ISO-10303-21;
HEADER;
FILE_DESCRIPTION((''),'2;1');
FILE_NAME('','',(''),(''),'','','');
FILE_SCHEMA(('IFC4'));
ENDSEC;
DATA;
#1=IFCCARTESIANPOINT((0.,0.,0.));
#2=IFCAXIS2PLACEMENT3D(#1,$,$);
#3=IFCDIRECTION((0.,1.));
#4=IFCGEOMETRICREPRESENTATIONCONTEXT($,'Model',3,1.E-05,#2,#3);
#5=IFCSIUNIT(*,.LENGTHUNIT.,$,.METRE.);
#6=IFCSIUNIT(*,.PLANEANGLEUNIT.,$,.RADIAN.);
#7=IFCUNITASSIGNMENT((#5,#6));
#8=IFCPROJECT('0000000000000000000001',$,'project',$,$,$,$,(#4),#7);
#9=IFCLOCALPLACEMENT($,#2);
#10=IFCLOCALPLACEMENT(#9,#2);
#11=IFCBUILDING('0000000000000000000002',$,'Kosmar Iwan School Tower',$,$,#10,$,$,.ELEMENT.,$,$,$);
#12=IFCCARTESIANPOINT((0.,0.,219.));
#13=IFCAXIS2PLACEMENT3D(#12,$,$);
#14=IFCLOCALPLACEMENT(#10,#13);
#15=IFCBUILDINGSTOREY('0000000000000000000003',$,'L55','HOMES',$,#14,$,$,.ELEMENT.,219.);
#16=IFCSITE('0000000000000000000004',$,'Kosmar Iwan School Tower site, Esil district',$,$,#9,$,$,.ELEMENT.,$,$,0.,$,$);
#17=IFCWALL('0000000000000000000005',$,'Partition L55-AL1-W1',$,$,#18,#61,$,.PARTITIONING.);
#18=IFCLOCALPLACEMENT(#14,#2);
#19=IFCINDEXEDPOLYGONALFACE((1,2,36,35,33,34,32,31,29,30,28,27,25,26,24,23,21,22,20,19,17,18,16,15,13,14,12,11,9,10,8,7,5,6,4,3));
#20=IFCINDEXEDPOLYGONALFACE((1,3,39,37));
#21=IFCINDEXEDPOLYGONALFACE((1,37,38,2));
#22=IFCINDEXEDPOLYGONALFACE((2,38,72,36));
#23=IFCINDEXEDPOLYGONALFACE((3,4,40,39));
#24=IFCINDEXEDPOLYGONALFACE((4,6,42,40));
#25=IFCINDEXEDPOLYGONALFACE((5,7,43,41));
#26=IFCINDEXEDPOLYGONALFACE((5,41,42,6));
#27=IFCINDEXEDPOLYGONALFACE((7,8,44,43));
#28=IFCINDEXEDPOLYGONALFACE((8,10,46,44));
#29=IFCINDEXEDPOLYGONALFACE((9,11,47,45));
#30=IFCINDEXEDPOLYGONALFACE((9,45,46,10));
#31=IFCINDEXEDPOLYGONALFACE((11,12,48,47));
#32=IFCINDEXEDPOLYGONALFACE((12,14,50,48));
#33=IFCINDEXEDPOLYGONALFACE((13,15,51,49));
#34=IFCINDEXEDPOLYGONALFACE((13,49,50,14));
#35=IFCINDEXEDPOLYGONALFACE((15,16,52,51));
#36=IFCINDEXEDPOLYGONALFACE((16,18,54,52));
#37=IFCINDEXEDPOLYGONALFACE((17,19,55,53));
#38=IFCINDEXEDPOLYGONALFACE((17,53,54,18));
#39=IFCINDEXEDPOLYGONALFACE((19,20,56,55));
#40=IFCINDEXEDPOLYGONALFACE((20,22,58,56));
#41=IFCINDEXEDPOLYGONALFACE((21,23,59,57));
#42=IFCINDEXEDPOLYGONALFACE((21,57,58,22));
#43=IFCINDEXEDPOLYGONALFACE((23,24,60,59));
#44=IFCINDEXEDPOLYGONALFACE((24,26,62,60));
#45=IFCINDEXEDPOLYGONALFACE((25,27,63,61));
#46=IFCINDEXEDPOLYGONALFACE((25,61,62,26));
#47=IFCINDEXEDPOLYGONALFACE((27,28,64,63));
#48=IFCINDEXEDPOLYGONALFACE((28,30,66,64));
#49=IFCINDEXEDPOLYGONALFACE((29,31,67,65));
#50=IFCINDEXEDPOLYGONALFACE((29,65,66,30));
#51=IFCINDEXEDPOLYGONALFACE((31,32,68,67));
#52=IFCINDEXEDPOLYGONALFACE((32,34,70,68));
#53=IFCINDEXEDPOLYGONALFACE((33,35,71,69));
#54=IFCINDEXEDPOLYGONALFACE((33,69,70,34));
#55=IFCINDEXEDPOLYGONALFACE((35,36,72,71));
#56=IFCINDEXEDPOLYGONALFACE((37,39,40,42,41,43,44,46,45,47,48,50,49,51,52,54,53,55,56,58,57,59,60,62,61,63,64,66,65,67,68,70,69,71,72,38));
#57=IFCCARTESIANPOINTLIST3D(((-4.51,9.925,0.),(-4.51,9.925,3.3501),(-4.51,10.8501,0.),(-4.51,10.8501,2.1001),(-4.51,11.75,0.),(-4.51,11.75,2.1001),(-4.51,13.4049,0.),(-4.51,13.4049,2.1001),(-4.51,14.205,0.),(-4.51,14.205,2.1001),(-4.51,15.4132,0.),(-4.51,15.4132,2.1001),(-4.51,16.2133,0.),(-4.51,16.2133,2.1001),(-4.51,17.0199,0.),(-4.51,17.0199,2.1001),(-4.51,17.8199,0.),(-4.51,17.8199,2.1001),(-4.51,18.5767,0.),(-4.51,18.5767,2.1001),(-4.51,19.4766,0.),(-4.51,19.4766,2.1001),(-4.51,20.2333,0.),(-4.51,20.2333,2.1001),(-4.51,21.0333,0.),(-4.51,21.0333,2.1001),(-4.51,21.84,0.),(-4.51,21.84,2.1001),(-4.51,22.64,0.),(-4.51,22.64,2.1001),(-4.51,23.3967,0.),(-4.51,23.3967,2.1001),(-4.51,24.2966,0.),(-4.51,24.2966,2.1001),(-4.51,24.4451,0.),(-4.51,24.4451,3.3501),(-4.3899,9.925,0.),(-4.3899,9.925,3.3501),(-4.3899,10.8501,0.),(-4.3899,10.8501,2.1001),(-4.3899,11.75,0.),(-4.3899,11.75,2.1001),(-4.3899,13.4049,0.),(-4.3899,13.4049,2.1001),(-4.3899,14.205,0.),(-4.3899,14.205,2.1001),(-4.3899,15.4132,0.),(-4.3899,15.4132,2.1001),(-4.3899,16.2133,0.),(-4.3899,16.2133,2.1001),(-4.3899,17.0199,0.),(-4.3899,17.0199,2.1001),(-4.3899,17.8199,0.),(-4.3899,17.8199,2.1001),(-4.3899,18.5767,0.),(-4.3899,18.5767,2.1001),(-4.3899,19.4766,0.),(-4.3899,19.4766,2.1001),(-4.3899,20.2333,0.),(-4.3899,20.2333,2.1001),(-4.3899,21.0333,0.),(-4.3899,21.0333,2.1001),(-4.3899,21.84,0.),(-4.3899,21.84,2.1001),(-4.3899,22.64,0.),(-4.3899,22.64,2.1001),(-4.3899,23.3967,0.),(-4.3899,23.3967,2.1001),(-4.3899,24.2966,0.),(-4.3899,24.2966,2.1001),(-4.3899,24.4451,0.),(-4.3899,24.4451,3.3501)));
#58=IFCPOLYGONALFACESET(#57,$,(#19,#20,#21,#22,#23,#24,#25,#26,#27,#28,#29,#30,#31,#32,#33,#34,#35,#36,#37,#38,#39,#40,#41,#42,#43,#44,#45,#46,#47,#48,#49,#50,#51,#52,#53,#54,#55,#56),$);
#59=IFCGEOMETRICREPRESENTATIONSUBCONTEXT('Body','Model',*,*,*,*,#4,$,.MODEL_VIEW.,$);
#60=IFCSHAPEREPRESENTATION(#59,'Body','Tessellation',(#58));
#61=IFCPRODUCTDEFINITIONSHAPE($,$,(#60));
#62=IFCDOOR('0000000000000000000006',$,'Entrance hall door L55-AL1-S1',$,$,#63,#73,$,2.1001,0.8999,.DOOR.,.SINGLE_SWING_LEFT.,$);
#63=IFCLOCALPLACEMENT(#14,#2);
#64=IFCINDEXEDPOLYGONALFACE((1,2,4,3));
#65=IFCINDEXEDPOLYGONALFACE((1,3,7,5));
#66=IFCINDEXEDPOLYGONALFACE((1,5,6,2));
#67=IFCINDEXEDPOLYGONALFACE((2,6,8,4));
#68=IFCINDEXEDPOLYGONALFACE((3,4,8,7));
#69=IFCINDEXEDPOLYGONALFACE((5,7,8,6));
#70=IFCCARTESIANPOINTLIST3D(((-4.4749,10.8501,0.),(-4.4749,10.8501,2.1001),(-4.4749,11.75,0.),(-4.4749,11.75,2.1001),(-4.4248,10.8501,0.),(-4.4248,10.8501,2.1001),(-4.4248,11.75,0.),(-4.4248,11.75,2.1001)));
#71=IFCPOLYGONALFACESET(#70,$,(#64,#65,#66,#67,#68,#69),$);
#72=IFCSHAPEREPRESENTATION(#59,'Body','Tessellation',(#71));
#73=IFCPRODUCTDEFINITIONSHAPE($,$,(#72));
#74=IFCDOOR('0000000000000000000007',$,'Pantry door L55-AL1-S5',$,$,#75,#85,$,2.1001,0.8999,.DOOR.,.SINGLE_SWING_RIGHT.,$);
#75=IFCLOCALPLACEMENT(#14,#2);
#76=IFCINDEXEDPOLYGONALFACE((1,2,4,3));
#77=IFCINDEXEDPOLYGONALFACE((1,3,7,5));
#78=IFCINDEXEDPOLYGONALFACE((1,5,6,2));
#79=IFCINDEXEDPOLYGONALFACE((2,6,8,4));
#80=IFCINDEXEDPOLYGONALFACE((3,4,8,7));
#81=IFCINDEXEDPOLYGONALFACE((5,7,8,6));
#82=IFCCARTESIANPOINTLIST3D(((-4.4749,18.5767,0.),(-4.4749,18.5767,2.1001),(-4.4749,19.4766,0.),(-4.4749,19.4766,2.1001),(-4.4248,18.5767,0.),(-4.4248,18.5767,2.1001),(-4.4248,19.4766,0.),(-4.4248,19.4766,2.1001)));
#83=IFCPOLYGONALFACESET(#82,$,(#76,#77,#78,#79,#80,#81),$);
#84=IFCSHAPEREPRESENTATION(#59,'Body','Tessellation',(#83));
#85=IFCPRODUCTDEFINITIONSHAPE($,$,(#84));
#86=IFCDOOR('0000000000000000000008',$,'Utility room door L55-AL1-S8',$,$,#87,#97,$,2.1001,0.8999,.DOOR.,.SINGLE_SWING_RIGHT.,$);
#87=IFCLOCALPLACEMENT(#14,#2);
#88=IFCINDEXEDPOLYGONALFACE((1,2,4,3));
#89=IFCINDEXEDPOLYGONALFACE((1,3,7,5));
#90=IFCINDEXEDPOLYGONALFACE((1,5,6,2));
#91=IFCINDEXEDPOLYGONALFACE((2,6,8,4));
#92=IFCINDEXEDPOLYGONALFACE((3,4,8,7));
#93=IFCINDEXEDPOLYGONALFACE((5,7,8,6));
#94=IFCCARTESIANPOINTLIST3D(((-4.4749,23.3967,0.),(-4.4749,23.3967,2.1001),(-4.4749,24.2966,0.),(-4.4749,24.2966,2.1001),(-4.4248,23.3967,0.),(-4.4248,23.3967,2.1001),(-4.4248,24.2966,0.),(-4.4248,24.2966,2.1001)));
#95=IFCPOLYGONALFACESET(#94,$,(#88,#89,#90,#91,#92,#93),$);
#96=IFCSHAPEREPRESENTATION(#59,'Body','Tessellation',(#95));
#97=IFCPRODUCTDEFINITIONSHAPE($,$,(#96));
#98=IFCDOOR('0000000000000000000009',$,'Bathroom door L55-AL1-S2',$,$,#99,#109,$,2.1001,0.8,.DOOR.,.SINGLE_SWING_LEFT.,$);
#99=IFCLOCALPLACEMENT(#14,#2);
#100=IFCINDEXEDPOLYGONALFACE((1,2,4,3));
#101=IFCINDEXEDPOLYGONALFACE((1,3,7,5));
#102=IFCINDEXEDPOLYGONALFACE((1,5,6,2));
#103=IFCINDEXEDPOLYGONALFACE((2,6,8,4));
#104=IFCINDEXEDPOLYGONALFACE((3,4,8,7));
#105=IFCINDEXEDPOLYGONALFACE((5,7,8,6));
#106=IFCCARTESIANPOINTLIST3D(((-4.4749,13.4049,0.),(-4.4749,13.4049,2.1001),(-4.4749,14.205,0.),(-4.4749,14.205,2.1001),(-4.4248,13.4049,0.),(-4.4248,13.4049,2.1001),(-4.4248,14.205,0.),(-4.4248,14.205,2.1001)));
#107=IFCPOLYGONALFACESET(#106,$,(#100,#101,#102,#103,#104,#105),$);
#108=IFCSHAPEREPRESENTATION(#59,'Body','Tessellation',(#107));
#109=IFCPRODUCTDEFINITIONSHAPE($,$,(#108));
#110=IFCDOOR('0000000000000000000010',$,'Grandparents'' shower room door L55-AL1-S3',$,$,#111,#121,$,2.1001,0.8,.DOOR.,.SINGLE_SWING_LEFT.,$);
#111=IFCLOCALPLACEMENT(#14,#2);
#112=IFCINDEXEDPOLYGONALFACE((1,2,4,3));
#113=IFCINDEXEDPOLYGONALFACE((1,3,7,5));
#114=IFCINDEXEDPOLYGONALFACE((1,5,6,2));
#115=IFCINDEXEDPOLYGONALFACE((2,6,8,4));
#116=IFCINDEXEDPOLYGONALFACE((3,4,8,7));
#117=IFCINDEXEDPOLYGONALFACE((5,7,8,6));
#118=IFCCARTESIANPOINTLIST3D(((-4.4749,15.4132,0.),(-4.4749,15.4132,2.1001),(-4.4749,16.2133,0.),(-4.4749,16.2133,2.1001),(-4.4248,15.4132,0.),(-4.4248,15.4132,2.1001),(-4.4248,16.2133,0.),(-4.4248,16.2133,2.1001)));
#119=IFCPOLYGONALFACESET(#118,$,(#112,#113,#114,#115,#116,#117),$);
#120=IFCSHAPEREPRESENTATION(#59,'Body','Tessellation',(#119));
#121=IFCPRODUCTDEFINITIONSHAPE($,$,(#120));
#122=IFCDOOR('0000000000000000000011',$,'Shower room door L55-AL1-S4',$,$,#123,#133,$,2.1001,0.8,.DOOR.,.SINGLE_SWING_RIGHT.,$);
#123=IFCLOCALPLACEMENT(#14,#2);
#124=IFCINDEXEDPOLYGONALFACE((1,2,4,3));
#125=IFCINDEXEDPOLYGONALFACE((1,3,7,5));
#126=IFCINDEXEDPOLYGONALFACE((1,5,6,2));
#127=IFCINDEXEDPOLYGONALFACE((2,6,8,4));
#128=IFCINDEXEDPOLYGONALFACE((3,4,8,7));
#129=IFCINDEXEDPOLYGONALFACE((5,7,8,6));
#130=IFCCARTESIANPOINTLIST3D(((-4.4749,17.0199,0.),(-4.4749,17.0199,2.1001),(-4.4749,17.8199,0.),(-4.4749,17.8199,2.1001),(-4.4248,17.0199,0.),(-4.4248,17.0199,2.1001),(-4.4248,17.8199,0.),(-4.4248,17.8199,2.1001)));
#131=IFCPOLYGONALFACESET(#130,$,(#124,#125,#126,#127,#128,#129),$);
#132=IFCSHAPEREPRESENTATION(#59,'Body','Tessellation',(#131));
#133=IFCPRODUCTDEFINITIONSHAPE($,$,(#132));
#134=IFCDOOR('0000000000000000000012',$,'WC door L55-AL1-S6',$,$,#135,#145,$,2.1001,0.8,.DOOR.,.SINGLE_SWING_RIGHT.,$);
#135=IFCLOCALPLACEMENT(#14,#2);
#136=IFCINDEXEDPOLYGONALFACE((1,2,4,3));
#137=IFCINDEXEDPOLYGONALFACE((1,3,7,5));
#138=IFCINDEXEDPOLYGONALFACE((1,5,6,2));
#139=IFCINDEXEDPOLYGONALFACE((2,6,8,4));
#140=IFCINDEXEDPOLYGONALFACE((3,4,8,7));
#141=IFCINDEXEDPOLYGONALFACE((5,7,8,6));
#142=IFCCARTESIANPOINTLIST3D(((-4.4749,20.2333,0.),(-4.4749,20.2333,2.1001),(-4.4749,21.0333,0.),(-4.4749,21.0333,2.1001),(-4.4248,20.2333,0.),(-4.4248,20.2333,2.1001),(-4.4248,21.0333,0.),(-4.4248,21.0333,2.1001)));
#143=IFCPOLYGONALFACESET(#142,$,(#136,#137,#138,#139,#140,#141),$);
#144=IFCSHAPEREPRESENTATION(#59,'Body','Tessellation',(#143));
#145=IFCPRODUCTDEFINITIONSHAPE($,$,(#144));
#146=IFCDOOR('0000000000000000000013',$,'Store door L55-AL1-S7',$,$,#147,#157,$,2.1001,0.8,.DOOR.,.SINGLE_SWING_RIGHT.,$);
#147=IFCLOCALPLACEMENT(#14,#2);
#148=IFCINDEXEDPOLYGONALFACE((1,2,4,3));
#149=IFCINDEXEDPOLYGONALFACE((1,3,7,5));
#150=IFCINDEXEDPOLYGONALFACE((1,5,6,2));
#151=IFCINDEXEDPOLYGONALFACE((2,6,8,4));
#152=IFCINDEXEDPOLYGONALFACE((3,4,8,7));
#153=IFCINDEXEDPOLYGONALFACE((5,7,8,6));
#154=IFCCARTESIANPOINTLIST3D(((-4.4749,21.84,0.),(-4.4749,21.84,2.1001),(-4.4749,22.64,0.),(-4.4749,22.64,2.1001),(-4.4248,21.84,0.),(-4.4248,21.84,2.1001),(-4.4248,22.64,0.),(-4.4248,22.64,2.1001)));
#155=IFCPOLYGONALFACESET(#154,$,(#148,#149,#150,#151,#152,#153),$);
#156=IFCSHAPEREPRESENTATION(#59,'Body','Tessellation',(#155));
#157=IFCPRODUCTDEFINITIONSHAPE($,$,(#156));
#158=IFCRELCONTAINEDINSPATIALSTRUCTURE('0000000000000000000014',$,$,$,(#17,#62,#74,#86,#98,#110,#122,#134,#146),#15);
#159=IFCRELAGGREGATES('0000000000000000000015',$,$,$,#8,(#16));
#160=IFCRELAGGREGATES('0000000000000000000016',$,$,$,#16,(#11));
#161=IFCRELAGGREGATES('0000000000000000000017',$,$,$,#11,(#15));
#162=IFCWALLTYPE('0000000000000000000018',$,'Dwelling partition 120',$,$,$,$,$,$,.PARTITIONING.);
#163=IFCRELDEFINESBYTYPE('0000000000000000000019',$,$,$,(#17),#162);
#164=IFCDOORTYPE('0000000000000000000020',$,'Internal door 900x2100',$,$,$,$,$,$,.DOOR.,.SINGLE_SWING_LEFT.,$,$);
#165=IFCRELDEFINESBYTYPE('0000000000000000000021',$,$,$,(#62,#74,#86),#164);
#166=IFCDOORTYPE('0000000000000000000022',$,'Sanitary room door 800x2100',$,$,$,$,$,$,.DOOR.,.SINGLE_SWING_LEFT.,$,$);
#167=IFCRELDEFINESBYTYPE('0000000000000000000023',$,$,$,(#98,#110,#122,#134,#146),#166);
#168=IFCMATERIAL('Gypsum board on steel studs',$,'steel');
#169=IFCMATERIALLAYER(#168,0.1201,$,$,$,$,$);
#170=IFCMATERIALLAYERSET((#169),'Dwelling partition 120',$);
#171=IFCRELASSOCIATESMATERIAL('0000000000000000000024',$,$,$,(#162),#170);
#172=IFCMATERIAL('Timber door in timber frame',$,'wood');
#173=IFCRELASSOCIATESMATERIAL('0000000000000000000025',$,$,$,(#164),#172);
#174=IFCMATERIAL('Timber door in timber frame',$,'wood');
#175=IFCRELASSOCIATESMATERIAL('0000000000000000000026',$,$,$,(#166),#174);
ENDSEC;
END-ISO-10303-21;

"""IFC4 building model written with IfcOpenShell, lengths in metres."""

from ifc_helpers import new_model, si_unit, direction, frame, frame_2d, origin, place, context, subcontext, project, spatial, rectangle, extrude, material, layer, layer_set, type_object, element, fill, save


model = new_model("IFC4")

# Units and contexts
model_context = context("Model", 3, precision=1e-05, world=origin(), true_north=direction((0.0, 1.0)))
body_context = subcontext(model_context, "Body", "Model", "MODEL_VIEW")
ifc_project = project(units=[si_unit("LENGTHUNIT", "METRE"), si_unit("PLANEANGLEUNIT", "RADIAN")], contexts=[model_context])

# Site, building, storey
site_placement = place(None, origin())
site = spatial("IfcSite", under=ifc_project, at=site_placement, Name="Kosmar Iwan School Tower site, Esil district", CompositionType="ELEMENT", RefElevation=0.0)
building_placement = place(site_placement, origin())
building = spatial("IfcBuilding", under=site, at=building_placement, Name="Kosmar Iwan School Tower", CompositionType="ELEMENT")
storey_placement = place(building_placement, frame((0.0, 0.0, 219.0)))
storey = spatial("IfcBuildingStorey", under=building, at=storey_placement, Name="L55", Description="HOMES", CompositionType="ELEMENT", Elevation=219.0)

# Wall, openings, doors
ifc_material_1 = material(Name="Gypsum board on steel studs", Category="steel")
ifc_layer_1 = layer(ifc_material_1, 0.1201)
ifc_layer_set_1 = layer_set([ifc_layer_1], Name="Dwelling partition 120")
wall_type_1 = type_object("IfcWallType", Name="Dwelling partition 120", PredefinedType="PARTITIONING", material=ifc_layer_set_1)
wall_1_placement = place(storey_placement, frame((-4.45, 9.925, 0.0), z_axis=(0.0, 0.0, 1.0), x_axis=(0.0, 1.0, 0.0)))
wall_1 = element("IfcWall", 1, at=wall_1_placement, inside=storey, type_object=wall_type_1, Name="Partition L55-AL1-W1", PredefinedType="PARTITIONING", context=body_context, shape_type="SweptSolid", body=[
    extrude(rectangle(XDim=14.52, YDim=0.1201, at=frame_2d((7.26, 0.0))), origin(), (0.0, 0.0, 1.0), 3.3501),
])
opening_1_placement = place(wall_1_placement, frame((0.925, 0.0, 0.0)))
opening_1 = element("IfcOpeningElement", 2, at=opening_1_placement, cuts=wall_1, PredefinedType="OPENING", context=body_context, shape_type="SweptSolid", body=[
    extrude(rectangle(XDim=0.8999, YDim=2.1001, at=frame_2d((0.45, 1.05))), frame((0.0, 0.072, 0.0), z_axis=(0.0, -1.0, 0.0), x_axis=(1.0, 0.0, 0.0)), (0.0, 0.0, 1.0), 0.144),
])
opening_2_placement = place(wall_1_placement, frame((3.48, 0.0, 0.0)))
opening_2 = element("IfcOpeningElement", 3, at=opening_2_placement, cuts=wall_1, PredefinedType="OPENING", context=body_context, shape_type="SweptSolid", body=[
    extrude(rectangle(XDim=0.8, YDim=2.1001, at=frame_2d((0.3999, 1.05))), frame((0.0, 0.072, 0.0), z_axis=(0.0, -1.0, 0.0), x_axis=(1.0, 0.0, 0.0)), (0.0, 0.0, 1.0), 0.144),
])
opening_3_placement = place(wall_1_placement, frame((5.4883, 0.0, 0.0)))
opening_3 = element("IfcOpeningElement", 4, at=opening_3_placement, cuts=wall_1, PredefinedType="OPENING", context=body_context, shape_type="SweptSolid", body=[
    extrude(rectangle(XDim=0.8, YDim=2.1001, at=frame_2d((0.3999, 1.05))), frame((0.0, 0.072, 0.0), z_axis=(0.0, -1.0, 0.0), x_axis=(1.0, 0.0, 0.0)), (0.0, 0.0, 1.0), 0.144),
])
opening_4_placement = place(wall_1_placement, frame((7.095, 0.0, 0.0)))
opening_4 = element("IfcOpeningElement", 5, at=opening_4_placement, cuts=wall_1, PredefinedType="OPENING", context=body_context, shape_type="SweptSolid", body=[
    extrude(rectangle(XDim=0.8, YDim=2.1001, at=frame_2d((0.3999, 1.05))), frame((0.0, 0.072, 0.0), z_axis=(0.0, -1.0, 0.0), x_axis=(1.0, 0.0, 0.0)), (0.0, 0.0, 1.0), 0.144),
])
opening_5_placement = place(wall_1_placement, frame((8.6516, 0.0, 0.0)))
opening_5 = element("IfcOpeningElement", 6, at=opening_5_placement, cuts=wall_1, PredefinedType="OPENING", context=body_context, shape_type="SweptSolid", body=[
    extrude(rectangle(XDim=0.8999, YDim=2.1001, at=frame_2d((0.45, 1.05))), frame((0.0, 0.072, 0.0), z_axis=(0.0, -1.0, 0.0), x_axis=(1.0, 0.0, 0.0)), (0.0, 0.0, 1.0), 0.144),
])
opening_6_placement = place(wall_1_placement, frame((10.3083, 0.0, 0.0)))
opening_6 = element("IfcOpeningElement", 7, at=opening_6_placement, cuts=wall_1, PredefinedType="OPENING", context=body_context, shape_type="SweptSolid", body=[
    extrude(rectangle(XDim=0.8, YDim=2.1001, at=frame_2d((0.3999, 1.05))), frame((0.0, 0.072, 0.0), z_axis=(0.0, -1.0, 0.0), x_axis=(1.0, 0.0, 0.0)), (0.0, 0.0, 1.0), 0.144),
])
opening_7_placement = place(wall_1_placement, frame((11.915, 0.0, 0.0)))
opening_7 = element("IfcOpeningElement", 8, at=opening_7_placement, cuts=wall_1, PredefinedType="OPENING", context=body_context, shape_type="SweptSolid", body=[
    extrude(rectangle(XDim=0.8, YDim=2.1001, at=frame_2d((0.3999, 1.05))), frame((0.0, 0.072, 0.0), z_axis=(0.0, -1.0, 0.0), x_axis=(1.0, 0.0, 0.0)), (0.0, 0.0, 1.0), 0.144),
])
opening_8_placement = place(wall_1_placement, frame((13.4717, 0.0, 0.0)))
opening_8 = element("IfcOpeningElement", 9, at=opening_8_placement, cuts=wall_1, PredefinedType="OPENING", context=body_context, shape_type="SweptSolid", body=[
    extrude(rectangle(XDim=0.8999, YDim=2.1001, at=frame_2d((0.45, 1.05))), frame((0.0, 0.072, 0.0), z_axis=(0.0, -1.0, 0.0), x_axis=(1.0, 0.0, 0.0)), (0.0, 0.0, 1.0), 0.144),
])
ifc_material_2 = material(Name="Timber door in timber frame", Category="wood")
door_type_1 = type_object("IfcDoorType", Name="Internal door 900x2100", OperationType="SINGLE_SWING_LEFT", PredefinedType="DOOR", material=ifc_material_2)
door_1_placement = place(opening_1_placement, origin())
door_1 = element("IfcDoor", 10, at=door_1_placement, inside=storey, type_object=door_type_1, Name="Entrance hall door L55-AL1-S1", OperationType="SINGLE_SWING_LEFT", OverallHeight=2.1001, OverallWidth=0.8999, PredefinedType="DOOR", context=body_context, shape_type="SweptSolid", body=[
    extrude(rectangle(XDim=0.8999, YDim=2.1001, at=frame_2d((0.45, 1.05))), frame((0.0, 0.0249, 0.0), z_axis=(0.0, -1.0, 0.0), x_axis=(1.0, 0.0, 0.0)), (0.0, 0.0, 1.0), 0.05),
])
fill(opening_1, door_1)
door_2_placement = place(opening_5_placement, origin())
door_2 = element("IfcDoor", 11, at=door_2_placement, inside=storey, type_object=door_type_1, Name="Pantry door L55-AL1-S5", OperationType="SINGLE_SWING_RIGHT", OverallHeight=2.1001, OverallWidth=0.8999, PredefinedType="DOOR", context=body_context, shape_type="SweptSolid", body=[
    extrude(rectangle(XDim=0.8999, YDim=2.1001, at=frame_2d((0.45, 1.05))), frame((0.0, 0.0249, 0.0), z_axis=(0.0, -1.0, 0.0), x_axis=(1.0, 0.0, 0.0)), (0.0, 0.0, 1.0), 0.05),
])
fill(opening_5, door_2)
door_3_placement = place(opening_8_placement, origin())
door_3 = element("IfcDoor", 12, at=door_3_placement, inside=storey, type_object=door_type_1, Name="Utility room door L55-AL1-S8", OperationType="SINGLE_SWING_RIGHT", OverallHeight=2.1001, OverallWidth=0.8999, PredefinedType="DOOR", context=body_context, shape_type="SweptSolid", body=[
    extrude(rectangle(XDim=0.8999, YDim=2.1001, at=frame_2d((0.45, 1.05))), frame((0.0, 0.0249, 0.0), z_axis=(0.0, -1.0, 0.0), x_axis=(1.0, 0.0, 0.0)), (0.0, 0.0, 1.0), 0.05),
])
fill(opening_8, door_3)
ifc_material_3 = material(Name="Timber door in timber frame", Category="wood")
door_type_2 = type_object("IfcDoorType", Name="Sanitary room door 800x2100", OperationType="SINGLE_SWING_LEFT", PredefinedType="DOOR", material=ifc_material_3)
door_4_placement = place(opening_2_placement, origin())
door_4 = element("IfcDoor", 13, at=door_4_placement, inside=storey, type_object=door_type_2, Name="Bathroom door L55-AL1-S2", OperationType="SINGLE_SWING_LEFT", OverallHeight=2.1001, OverallWidth=0.8, PredefinedType="DOOR", context=body_context, shape_type="SweptSolid", body=[
    extrude(rectangle(XDim=0.8, YDim=2.1001, at=frame_2d((0.3999, 1.05))), frame((0.0, 0.0249, 0.0), z_axis=(0.0, -1.0, 0.0), x_axis=(1.0, 0.0, 0.0)), (0.0, 0.0, 1.0), 0.05),
])
fill(opening_2, door_4)
door_5_placement = place(opening_3_placement, origin())
door_5 = element("IfcDoor", 14, at=door_5_placement, inside=storey, type_object=door_type_2, Name="Grandparents' shower room door L55-AL1-S3", OperationType="SINGLE_SWING_LEFT", OverallHeight=2.1001, OverallWidth=0.8, PredefinedType="DOOR", context=body_context, shape_type="SweptSolid", body=[
    extrude(rectangle(XDim=0.8, YDim=2.1001, at=frame_2d((0.3999, 1.05))), frame((0.0, 0.0249, 0.0), z_axis=(0.0, -1.0, 0.0), x_axis=(1.0, 0.0, 0.0)), (0.0, 0.0, 1.0), 0.05),
])
fill(opening_3, door_5)
door_6_placement = place(opening_4_placement, origin())
door_6 = element("IfcDoor", 15, at=door_6_placement, inside=storey, type_object=door_type_2, Name="Shower room door L55-AL1-S4", OperationType="SINGLE_SWING_RIGHT", OverallHeight=2.1001, OverallWidth=0.8, PredefinedType="DOOR", context=body_context, shape_type="SweptSolid", body=[
    extrude(rectangle(XDim=0.8, YDim=2.1001, at=frame_2d((0.3999, 1.05))), frame((0.0, 0.0249, 0.0), z_axis=(0.0, -1.0, 0.0), x_axis=(1.0, 0.0, 0.0)), (0.0, 0.0, 1.0), 0.05),
])
fill(opening_4, door_6)
door_7_placement = place(opening_6_placement, origin())
door_7 = element("IfcDoor", 16, at=door_7_placement, inside=storey, type_object=door_type_2, Name="WC door L55-AL1-S6", OperationType="SINGLE_SWING_RIGHT", OverallHeight=2.1001, OverallWidth=0.8, PredefinedType="DOOR", context=body_context, shape_type="SweptSolid", body=[
    extrude(rectangle(XDim=0.8, YDim=2.1001, at=frame_2d((0.3999, 1.05))), frame((0.0, 0.0249, 0.0), z_axis=(0.0, -1.0, 0.0), x_axis=(1.0, 0.0, 0.0)), (0.0, 0.0, 1.0), 0.05),
])
fill(opening_6, door_7)
door_8_placement = place(opening_7_placement, origin())
door_8 = element("IfcDoor", 17, at=door_8_placement, inside=storey, type_object=door_type_2, Name="Store door L55-AL1-S7", OperationType="SINGLE_SWING_RIGHT", OverallHeight=2.1001, OverallWidth=0.8, PredefinedType="DOOR", context=body_context, shape_type="SweptSolid", body=[
    extrude(rectangle(XDim=0.8, YDim=2.1001, at=frame_2d((0.3999, 1.05))), frame((0.0, 0.0249, 0.0), z_axis=(0.0, -1.0, 0.0), x_axis=(1.0, 0.0, 0.0)), (0.0, 0.0, 1.0), 0.05),
])
fill(opening_7, door_8)

save(model, "model.ifc")
